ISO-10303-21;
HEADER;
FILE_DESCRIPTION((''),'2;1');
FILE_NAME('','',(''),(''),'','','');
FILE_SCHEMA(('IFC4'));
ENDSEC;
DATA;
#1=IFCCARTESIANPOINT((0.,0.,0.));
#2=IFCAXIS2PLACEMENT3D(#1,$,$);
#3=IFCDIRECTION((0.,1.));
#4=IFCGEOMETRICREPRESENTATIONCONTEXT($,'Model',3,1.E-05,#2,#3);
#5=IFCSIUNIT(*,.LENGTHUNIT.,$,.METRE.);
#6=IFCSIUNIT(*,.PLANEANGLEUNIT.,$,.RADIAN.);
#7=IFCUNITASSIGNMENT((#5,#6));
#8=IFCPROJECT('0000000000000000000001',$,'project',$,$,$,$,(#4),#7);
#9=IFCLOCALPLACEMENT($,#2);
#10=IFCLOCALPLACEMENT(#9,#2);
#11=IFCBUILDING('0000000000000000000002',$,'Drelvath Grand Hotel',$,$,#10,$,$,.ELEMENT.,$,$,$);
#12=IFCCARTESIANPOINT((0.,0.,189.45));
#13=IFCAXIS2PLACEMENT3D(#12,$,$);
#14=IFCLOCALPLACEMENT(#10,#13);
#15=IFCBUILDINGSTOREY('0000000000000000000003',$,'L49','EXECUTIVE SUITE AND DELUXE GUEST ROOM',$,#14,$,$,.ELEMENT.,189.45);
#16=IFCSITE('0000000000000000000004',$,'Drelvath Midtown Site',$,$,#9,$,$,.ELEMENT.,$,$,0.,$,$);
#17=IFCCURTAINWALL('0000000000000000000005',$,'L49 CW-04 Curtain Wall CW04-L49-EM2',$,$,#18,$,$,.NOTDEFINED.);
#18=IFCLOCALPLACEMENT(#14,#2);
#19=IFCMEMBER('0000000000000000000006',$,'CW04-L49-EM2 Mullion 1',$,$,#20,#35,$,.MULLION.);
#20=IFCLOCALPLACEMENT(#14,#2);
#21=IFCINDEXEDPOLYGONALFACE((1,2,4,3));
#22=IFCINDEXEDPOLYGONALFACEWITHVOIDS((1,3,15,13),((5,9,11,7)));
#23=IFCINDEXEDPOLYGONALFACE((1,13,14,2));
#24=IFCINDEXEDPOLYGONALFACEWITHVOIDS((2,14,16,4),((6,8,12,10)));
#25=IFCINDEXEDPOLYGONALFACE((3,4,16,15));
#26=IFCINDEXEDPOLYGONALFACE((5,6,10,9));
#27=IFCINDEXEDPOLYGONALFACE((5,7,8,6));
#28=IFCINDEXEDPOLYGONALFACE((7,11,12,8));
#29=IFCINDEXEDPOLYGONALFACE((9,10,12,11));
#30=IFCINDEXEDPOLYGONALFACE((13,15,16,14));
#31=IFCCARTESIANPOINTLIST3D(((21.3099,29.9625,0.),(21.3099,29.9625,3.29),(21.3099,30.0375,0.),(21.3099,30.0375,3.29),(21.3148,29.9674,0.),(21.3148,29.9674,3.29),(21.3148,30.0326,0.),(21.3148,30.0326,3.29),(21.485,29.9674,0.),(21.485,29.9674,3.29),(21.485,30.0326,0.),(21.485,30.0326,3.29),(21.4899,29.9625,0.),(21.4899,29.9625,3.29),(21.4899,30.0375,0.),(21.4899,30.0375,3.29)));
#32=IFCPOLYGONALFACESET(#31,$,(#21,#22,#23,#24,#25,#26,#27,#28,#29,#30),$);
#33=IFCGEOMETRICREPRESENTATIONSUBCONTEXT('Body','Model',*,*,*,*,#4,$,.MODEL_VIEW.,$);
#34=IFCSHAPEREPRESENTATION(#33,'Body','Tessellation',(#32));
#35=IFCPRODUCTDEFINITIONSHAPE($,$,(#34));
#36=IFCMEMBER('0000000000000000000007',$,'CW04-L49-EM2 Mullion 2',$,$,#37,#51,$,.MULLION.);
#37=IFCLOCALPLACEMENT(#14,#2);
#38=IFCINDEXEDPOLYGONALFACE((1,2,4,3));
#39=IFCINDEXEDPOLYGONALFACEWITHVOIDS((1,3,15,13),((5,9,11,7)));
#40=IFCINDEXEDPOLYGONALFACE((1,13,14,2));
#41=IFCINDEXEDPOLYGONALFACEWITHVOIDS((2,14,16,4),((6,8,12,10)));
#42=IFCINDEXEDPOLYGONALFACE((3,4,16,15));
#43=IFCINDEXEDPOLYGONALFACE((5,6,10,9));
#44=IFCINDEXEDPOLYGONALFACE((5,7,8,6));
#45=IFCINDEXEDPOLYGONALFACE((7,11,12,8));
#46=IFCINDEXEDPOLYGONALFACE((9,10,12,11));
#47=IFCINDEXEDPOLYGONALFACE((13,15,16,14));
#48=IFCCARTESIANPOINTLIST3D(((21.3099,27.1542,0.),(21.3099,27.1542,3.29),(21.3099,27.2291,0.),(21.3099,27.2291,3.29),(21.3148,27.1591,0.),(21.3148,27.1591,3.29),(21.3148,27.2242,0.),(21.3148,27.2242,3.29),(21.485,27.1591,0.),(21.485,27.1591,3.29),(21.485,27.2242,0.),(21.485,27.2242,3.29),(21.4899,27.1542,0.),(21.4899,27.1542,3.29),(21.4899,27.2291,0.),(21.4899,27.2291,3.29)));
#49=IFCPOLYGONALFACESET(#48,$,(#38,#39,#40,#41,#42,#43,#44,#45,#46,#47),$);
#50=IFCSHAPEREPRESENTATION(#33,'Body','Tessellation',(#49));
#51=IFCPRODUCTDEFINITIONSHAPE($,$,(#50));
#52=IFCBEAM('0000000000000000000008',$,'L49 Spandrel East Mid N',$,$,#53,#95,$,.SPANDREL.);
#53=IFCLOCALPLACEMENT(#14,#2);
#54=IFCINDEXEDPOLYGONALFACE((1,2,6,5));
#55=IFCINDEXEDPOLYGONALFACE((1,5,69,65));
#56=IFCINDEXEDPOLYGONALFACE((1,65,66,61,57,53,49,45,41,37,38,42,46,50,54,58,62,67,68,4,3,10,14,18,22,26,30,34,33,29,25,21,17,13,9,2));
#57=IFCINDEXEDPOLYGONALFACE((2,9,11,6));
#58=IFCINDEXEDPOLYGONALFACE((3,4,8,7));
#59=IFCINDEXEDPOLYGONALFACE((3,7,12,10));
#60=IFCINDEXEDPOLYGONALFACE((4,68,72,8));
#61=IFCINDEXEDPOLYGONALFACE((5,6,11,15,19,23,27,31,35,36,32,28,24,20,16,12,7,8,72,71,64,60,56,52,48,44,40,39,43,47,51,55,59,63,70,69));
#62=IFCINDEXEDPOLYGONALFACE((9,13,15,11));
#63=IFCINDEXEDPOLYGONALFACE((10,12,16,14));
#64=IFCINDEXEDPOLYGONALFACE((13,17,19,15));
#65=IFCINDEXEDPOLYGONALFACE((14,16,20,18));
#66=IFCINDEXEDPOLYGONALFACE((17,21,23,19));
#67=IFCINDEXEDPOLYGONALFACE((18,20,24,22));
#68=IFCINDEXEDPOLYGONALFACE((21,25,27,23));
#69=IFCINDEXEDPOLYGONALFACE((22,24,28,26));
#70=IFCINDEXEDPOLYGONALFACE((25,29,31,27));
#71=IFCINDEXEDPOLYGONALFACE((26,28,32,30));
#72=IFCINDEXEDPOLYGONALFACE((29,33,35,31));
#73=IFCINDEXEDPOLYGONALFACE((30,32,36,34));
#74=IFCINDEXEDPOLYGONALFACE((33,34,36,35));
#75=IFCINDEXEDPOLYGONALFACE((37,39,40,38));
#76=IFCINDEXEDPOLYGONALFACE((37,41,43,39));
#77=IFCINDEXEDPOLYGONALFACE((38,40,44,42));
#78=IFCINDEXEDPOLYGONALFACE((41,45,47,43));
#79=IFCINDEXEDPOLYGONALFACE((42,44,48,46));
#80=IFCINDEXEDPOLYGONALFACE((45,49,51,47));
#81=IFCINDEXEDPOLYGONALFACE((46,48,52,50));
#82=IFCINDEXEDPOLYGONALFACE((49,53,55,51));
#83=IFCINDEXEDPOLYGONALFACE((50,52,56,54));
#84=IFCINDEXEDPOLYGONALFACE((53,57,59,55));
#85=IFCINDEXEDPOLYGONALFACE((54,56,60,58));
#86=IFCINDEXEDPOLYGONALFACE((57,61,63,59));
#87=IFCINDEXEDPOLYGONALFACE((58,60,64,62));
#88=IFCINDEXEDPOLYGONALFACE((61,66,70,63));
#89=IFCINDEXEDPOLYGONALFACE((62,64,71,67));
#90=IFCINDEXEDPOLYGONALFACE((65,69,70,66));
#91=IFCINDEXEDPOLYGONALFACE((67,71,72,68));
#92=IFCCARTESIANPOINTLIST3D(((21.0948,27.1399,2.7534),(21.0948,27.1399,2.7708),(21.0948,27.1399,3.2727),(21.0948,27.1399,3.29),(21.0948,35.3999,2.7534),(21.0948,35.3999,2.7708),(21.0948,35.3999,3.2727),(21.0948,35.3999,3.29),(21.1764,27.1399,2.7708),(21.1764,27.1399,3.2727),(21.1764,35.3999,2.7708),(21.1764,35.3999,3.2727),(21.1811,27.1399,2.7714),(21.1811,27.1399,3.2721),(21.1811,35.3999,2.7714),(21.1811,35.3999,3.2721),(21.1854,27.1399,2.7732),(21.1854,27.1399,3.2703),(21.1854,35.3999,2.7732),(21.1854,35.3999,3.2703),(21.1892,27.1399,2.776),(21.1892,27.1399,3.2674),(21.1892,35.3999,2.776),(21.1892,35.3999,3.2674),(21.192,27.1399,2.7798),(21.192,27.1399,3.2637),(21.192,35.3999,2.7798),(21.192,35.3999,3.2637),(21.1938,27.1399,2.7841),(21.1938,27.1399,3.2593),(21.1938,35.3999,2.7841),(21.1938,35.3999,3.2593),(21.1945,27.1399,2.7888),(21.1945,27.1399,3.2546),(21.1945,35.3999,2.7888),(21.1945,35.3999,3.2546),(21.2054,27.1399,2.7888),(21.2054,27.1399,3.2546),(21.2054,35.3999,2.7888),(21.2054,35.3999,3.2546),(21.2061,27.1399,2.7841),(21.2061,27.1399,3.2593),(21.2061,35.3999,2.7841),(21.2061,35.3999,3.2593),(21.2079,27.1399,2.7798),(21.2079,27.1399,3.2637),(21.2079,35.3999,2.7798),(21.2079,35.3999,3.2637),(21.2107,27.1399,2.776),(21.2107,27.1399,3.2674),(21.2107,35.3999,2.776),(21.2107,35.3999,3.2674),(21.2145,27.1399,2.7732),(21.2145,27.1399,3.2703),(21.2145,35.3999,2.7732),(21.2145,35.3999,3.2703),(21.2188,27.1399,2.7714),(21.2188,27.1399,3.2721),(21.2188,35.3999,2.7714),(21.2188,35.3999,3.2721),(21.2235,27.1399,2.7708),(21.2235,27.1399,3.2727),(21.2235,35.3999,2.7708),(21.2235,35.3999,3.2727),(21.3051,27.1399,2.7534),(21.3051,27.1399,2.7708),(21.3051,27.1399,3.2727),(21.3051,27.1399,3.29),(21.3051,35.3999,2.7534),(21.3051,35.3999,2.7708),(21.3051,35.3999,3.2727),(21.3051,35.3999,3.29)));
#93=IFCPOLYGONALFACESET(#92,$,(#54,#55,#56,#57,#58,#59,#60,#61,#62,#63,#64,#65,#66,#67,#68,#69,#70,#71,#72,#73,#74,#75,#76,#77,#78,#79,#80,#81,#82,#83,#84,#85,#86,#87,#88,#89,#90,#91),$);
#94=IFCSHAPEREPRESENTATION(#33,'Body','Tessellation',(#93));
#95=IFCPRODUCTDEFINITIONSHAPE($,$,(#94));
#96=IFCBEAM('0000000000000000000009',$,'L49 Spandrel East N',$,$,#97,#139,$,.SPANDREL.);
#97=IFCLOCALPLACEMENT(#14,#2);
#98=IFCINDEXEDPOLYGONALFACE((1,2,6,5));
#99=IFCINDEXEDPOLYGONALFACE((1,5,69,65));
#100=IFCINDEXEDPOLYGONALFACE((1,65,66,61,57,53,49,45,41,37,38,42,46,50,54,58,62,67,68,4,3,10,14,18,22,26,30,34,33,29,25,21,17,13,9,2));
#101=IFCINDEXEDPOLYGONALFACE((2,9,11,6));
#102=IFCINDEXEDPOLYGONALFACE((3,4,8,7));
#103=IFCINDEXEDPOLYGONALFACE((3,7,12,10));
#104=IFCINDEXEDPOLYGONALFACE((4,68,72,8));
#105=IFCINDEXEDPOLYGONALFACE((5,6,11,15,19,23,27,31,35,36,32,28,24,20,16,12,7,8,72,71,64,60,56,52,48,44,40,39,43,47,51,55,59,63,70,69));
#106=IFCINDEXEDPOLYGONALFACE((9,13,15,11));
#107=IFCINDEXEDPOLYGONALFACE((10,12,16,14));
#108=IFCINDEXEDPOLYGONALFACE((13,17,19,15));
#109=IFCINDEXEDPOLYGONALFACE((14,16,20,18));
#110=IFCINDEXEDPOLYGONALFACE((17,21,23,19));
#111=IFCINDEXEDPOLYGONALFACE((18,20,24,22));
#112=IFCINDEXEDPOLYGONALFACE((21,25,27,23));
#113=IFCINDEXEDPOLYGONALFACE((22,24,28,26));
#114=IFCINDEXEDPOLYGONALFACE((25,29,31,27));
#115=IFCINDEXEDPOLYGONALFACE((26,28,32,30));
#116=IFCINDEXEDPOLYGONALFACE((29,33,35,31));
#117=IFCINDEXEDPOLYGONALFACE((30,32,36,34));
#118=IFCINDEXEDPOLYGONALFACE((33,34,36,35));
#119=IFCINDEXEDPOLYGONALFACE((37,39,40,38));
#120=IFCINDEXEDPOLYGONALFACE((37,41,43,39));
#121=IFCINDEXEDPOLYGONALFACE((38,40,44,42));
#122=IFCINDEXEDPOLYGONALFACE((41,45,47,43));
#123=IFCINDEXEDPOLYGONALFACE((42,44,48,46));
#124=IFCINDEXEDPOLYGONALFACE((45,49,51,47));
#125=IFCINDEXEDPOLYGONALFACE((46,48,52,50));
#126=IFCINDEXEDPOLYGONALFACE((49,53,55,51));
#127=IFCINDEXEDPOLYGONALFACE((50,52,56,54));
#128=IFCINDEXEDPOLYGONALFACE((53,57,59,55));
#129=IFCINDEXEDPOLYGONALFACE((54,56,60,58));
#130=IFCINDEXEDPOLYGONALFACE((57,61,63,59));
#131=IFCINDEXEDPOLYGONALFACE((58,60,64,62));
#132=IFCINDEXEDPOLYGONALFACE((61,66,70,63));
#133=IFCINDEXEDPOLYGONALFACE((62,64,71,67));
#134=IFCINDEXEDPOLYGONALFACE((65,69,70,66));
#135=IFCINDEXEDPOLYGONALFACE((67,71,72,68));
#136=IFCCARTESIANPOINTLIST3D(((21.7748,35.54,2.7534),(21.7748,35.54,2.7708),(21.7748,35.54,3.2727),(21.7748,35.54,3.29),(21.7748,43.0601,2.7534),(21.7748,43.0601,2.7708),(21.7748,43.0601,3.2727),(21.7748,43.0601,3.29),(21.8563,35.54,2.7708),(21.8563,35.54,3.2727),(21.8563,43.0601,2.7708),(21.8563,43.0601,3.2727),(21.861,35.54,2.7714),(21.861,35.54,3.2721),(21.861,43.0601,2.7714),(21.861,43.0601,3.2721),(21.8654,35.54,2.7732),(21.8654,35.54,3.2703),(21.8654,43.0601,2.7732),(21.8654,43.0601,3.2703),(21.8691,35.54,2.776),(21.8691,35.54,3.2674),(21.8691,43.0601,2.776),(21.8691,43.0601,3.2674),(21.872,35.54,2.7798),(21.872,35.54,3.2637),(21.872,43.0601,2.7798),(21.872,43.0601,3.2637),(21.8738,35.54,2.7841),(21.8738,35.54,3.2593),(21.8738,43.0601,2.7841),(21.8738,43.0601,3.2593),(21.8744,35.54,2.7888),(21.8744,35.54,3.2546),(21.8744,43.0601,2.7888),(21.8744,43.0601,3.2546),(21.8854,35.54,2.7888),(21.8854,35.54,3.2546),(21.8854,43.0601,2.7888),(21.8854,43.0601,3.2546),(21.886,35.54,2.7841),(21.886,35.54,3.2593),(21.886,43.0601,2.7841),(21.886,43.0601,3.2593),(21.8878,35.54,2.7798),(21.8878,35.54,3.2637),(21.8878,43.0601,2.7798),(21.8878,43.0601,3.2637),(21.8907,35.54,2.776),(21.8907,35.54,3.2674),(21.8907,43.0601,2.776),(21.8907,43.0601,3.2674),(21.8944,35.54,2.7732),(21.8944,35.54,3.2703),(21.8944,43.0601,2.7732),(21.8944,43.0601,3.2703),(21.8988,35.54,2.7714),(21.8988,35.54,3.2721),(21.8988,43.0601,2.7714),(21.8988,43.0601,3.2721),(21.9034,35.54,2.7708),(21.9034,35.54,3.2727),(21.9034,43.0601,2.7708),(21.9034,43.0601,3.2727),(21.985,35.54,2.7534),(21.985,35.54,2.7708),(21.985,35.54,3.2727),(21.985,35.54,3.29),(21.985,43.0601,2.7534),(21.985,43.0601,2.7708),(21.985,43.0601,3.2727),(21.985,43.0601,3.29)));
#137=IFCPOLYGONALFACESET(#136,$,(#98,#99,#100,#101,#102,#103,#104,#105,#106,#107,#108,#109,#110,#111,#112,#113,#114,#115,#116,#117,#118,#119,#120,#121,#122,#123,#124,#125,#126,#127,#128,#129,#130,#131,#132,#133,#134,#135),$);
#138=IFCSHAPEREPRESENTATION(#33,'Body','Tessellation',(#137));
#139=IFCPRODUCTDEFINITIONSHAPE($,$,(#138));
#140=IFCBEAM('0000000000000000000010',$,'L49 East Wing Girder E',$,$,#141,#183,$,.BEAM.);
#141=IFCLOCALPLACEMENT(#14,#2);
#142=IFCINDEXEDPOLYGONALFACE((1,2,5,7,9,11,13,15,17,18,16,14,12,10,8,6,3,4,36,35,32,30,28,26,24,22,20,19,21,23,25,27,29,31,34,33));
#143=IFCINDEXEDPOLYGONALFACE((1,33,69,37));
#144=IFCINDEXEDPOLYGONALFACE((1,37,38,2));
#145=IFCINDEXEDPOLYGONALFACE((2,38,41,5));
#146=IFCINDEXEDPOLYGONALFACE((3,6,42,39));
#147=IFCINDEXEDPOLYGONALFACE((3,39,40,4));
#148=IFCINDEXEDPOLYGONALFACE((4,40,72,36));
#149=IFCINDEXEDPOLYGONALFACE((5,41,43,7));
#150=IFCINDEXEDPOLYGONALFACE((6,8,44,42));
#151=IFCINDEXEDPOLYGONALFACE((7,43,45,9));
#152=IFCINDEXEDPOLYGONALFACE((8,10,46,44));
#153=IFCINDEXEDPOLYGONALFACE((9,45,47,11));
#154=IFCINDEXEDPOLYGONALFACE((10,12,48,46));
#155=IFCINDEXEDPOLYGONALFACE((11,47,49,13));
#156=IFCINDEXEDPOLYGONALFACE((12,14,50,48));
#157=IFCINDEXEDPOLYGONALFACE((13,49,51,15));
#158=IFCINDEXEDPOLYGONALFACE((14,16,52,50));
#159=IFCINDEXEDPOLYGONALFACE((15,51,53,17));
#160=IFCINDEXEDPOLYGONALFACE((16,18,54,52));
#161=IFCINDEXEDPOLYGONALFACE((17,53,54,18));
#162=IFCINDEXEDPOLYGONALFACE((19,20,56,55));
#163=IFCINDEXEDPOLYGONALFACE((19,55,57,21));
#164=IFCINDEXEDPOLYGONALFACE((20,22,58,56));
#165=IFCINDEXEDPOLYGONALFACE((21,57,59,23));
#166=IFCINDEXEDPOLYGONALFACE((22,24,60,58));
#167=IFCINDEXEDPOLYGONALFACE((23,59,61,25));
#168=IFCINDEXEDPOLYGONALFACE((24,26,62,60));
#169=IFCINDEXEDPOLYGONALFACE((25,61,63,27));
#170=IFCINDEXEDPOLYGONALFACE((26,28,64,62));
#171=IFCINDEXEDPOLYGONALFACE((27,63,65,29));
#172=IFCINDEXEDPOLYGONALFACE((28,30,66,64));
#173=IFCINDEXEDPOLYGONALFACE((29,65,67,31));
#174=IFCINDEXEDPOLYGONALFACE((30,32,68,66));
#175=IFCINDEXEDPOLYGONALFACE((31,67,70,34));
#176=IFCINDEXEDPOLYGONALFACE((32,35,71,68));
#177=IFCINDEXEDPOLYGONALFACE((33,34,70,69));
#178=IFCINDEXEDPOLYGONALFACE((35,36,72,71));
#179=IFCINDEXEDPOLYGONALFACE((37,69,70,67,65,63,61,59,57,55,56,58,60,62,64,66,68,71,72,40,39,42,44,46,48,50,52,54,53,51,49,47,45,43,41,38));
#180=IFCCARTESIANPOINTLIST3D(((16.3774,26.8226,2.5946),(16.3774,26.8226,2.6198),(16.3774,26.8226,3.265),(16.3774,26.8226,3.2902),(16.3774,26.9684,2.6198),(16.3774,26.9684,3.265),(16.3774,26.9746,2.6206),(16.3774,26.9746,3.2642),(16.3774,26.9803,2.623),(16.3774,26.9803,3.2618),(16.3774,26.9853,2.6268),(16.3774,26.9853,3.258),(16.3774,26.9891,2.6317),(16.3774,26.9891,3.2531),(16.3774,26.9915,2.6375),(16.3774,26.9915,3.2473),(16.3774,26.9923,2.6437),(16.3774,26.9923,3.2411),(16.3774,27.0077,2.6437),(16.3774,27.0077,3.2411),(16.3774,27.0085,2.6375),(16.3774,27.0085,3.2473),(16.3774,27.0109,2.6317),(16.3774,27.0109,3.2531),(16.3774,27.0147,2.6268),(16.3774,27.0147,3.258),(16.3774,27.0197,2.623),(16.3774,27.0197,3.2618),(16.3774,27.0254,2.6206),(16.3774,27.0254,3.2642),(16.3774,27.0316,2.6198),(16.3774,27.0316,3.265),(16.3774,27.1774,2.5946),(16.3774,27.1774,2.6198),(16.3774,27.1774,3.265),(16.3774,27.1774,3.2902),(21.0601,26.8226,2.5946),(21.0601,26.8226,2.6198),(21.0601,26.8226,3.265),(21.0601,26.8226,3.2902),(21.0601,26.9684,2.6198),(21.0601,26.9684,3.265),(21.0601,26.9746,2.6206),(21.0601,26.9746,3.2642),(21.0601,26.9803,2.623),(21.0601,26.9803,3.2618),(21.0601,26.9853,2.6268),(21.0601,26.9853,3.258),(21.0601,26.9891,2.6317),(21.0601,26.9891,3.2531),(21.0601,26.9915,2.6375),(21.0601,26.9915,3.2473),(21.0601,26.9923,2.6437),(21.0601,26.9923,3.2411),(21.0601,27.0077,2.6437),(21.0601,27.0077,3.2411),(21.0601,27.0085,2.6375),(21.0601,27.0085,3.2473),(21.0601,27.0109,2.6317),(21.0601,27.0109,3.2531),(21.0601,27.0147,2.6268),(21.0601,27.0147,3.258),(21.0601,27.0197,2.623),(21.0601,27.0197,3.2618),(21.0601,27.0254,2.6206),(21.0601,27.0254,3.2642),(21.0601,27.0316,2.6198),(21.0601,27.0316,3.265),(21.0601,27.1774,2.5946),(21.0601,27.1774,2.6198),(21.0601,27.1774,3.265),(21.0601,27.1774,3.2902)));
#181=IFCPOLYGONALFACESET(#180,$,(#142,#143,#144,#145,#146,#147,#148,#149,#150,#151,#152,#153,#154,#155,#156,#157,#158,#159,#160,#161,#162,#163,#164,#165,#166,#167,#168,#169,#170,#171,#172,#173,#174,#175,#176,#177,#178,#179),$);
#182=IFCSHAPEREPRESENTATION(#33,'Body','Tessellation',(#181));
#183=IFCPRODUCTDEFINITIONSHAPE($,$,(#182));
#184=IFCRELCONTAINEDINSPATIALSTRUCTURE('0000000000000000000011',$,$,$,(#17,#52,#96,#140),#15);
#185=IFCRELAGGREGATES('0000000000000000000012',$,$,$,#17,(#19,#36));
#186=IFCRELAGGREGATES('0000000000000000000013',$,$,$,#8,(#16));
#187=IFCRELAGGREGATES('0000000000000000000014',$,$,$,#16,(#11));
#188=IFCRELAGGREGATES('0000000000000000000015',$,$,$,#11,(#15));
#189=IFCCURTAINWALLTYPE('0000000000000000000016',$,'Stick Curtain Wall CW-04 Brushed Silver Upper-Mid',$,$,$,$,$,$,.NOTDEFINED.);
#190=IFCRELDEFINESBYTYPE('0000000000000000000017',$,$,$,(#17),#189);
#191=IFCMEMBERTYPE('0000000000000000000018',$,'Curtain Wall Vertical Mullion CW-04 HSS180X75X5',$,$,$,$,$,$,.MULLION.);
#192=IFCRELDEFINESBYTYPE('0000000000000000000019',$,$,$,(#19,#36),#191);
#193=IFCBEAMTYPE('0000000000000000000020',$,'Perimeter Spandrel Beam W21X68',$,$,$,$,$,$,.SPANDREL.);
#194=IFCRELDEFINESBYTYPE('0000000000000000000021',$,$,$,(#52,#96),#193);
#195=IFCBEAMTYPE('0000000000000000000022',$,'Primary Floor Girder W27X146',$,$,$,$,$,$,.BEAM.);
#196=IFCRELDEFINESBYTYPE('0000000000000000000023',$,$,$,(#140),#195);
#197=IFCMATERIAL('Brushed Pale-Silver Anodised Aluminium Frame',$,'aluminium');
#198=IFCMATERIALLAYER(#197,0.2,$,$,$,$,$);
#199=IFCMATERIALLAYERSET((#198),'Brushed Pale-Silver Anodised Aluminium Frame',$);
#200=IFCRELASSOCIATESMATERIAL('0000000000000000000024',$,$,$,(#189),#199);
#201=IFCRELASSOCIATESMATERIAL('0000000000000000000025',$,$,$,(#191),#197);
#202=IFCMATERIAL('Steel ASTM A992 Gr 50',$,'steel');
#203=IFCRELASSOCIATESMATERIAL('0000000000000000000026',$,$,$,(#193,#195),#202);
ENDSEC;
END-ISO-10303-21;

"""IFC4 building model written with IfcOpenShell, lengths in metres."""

from ifc_helpers import new_model, si_unit, direction, frame, origin, origin_2d, place, context, subcontext, project, spatial, hollow_rectangle, i_section, extrude, material, layer, layer_set, material_profile, profile_set, type_object, element, aggregate, save


model = new_model("IFC4")

# Units and contexts
model_context = context("Model", 3, precision=1e-05, world=origin(), true_north=direction((0.0, 1.0)))
body_context = subcontext(model_context, "Body", "Model", "MODEL_VIEW")
ifc_project = project(units=[si_unit("LENGTHUNIT", "METRE"), si_unit("PLANEANGLEUNIT", "RADIAN")], contexts=[model_context])

# Site, building, storey
site_placement = place(None, origin())
site = spatial("IfcSite", under=ifc_project, at=site_placement, Name="Drelvath Midtown Site", CompositionType="ELEMENT", RefElevation=0.0)
building_placement = place(site_placement, origin())
building = spatial("IfcBuilding", under=site, at=building_placement, Name="Drelvath Grand Hotel", CompositionType="ELEMENT")
storey_placement = place(building_placement, frame((0.0, 0.0, 189.45)))
storey = spatial("IfcBuildingStorey", under=building, at=storey_placement, Name="L49", Description="EXECUTIVE SUITE AND DELUXE GUEST ROOM", CompositionType="ELEMENT", Elevation=189.45)

# Curtain wall
ifc_material_1 = material(Name="Brushed Pale-Silver Anodised Aluminium Frame", Category="aluminium")
ifc_layer_1 = layer(ifc_material_1, 0.2)
ifc_layer_set_1 = layer_set([ifc_layer_1], Name="Brushed Pale-Silver Anodised Aluminium Frame")
curtain_wall_type = type_object("IfcCurtainWallType", Name="Stick Curtain Wall CW-04 Brushed Silver Upper-Mid", PredefinedType="NOTDEFINED", material=ifc_layer_set_1)
curtain_wall_1_placement = place(storey_placement, origin())
curtain_wall_1 = element("IfcCurtainWall", 1, at=curtain_wall_1_placement, inside=storey, type_object=curtain_wall_type, Name="L49 CW-04 Curtain Wall CW04-L49-EM2", PredefinedType="NOTDEFINED")

# Members
ifc_material_profile_1 = material_profile(ifc_material_1, hollow_rectangle(XDim=0.075, YDim=0.1799, WallThickness=0.0049, at=origin_2d()), Name="HSS180X75X5")
ifc_profile_set_1 = profile_set([ifc_material_profile_1], Name="Brushed Pale-Silver Anodised Aluminium Frame")
member_type_1 = type_object("IfcMemberType", Name="Curtain Wall Vertical Mullion CW-04 HSS180X75X5", PredefinedType="MULLION", material=ifc_profile_set_1)
member_1_placement = place(storey_placement, frame((21.3999, 30.0, 0.0), z_axis=(0.0, 0.0, 1.0), x_axis=(0.0, 1.0, 0.0)))
member_1 = element("IfcMember", 2, at=member_1_placement, type_object=member_type_1, Name="CW04-L49-EM2 Mullion 1", PredefinedType="MULLION", context=body_context, shape_type="SweptSolid", body=[
    extrude(hollow_rectangle(XDim=0.075, YDim=0.1799, WallThickness=0.0049, at=origin_2d()), origin(), (0.0, 0.0, 1.0), 3.29),
])
member_2_placement = place(storey_placement, frame((21.3999, 27.1917, 0.0), z_axis=(0.0, 0.0, 1.0), x_axis=(0.0, 1.0, 0.0)))
member_2 = element("IfcMember", 3, at=member_2_placement, type_object=member_type_1, Name="CW04-L49-EM2 Mullion 2", PredefinedType="MULLION", context=body_context, shape_type="SweptSolid", body=[
    extrude(hollow_rectangle(XDim=0.075, YDim=0.1799, WallThickness=0.0049, at=origin_2d()), origin(), (0.0, 0.0, 1.0), 3.29),
])

# Beams
ifc_material_2 = material(Name="Steel ASTM A992 Gr 50", Category="steel")
ifc_material_profile_2 = material_profile(ifc_material_2, i_section(OverallWidth=0.2102, OverallDepth=0.5366, WebThickness=0.011, FlangeThickness=0.0173, FilletRadius=0.0181, at=origin_2d()), Name="W21X68")
ifc_profile_set_2 = profile_set([ifc_material_profile_2], Name="Steel ASTM A992 Gr 50")
beam_type_1 = type_object("IfcBeamType", Name="Perimeter Spandrel Beam W21X68", PredefinedType="SPANDREL", material=ifc_profile_set_2)
beam_1_placement = place(storey_placement, frame((21.2, 27.1399, 3.0217), z_axis=(0.0, 1.0, 0.0), x_axis=(-1.0, 0.0, 0.0)))
element("IfcBeam", 4, at=beam_1_placement, inside=storey, type_object=beam_type_1, Name="L49 Spandrel East Mid N", PredefinedType="SPANDREL", context=body_context, shape_type="SweptSolid", body=[
    extrude(i_section(OverallWidth=0.2102, OverallDepth=0.5366, WebThickness=0.011, FlangeThickness=0.0173, FilletRadius=0.0181, at=origin_2d()), origin(), (0.0, 0.0, 1.0), 8.26),
])
beam_2_placement = place(storey_placement, frame((21.8799, 35.54, 3.0217), z_axis=(0.0, 1.0, 0.0), x_axis=(-1.0, 0.0, 0.0)))
element("IfcBeam", 5, at=beam_2_placement, inside=storey, type_object=beam_type_1, Name="L49 Spandrel East N", PredefinedType="SPANDREL", context=body_context, shape_type="SweptSolid", body=[
    extrude(i_section(OverallWidth=0.2102, OverallDepth=0.5366, WebThickness=0.011, FlangeThickness=0.0173, FilletRadius=0.0181, at=origin_2d()), origin(), (0.0, 0.0, 1.0), 7.52),
])
ifc_material_profile_3 = material_profile(ifc_material_2, i_section(OverallWidth=0.3547, OverallDepth=0.6956, WebThickness=0.0154, FlangeThickness=0.0251, FilletRadius=0.0239, at=origin_2d()), Name="W27X146")
ifc_profile_set_3 = profile_set([ifc_material_profile_3], Name="Steel ASTM A992 Gr 50")
beam_type_2 = type_object("IfcBeamType", Name="Primary Floor Girder W27X146", PredefinedType="BEAM", material=ifc_profile_set_3)
beam_3_placement = place(storey_placement, frame((16.3774, 27.0, 2.9424), z_axis=(1.0, 0.0, 0.0), x_axis=(0.0, 1.0, 0.0)))
element("IfcBeam", 6, at=beam_3_placement, inside=storey, type_object=beam_type_2, Name="L49 East Wing Girder E", PredefinedType="BEAM", context=body_context, shape_type="SweptSolid", body=[
    extrude(i_section(OverallWidth=0.3547, OverallDepth=0.6956, WebThickness=0.0154, FlangeThickness=0.0251, FilletRadius=0.0239, at=origin_2d()), origin(), (0.0, 0.0, 1.0), 4.6826),
])

aggregate(curtain_wall_1, [member_1, member_2])

save(model, "model.ifc")
